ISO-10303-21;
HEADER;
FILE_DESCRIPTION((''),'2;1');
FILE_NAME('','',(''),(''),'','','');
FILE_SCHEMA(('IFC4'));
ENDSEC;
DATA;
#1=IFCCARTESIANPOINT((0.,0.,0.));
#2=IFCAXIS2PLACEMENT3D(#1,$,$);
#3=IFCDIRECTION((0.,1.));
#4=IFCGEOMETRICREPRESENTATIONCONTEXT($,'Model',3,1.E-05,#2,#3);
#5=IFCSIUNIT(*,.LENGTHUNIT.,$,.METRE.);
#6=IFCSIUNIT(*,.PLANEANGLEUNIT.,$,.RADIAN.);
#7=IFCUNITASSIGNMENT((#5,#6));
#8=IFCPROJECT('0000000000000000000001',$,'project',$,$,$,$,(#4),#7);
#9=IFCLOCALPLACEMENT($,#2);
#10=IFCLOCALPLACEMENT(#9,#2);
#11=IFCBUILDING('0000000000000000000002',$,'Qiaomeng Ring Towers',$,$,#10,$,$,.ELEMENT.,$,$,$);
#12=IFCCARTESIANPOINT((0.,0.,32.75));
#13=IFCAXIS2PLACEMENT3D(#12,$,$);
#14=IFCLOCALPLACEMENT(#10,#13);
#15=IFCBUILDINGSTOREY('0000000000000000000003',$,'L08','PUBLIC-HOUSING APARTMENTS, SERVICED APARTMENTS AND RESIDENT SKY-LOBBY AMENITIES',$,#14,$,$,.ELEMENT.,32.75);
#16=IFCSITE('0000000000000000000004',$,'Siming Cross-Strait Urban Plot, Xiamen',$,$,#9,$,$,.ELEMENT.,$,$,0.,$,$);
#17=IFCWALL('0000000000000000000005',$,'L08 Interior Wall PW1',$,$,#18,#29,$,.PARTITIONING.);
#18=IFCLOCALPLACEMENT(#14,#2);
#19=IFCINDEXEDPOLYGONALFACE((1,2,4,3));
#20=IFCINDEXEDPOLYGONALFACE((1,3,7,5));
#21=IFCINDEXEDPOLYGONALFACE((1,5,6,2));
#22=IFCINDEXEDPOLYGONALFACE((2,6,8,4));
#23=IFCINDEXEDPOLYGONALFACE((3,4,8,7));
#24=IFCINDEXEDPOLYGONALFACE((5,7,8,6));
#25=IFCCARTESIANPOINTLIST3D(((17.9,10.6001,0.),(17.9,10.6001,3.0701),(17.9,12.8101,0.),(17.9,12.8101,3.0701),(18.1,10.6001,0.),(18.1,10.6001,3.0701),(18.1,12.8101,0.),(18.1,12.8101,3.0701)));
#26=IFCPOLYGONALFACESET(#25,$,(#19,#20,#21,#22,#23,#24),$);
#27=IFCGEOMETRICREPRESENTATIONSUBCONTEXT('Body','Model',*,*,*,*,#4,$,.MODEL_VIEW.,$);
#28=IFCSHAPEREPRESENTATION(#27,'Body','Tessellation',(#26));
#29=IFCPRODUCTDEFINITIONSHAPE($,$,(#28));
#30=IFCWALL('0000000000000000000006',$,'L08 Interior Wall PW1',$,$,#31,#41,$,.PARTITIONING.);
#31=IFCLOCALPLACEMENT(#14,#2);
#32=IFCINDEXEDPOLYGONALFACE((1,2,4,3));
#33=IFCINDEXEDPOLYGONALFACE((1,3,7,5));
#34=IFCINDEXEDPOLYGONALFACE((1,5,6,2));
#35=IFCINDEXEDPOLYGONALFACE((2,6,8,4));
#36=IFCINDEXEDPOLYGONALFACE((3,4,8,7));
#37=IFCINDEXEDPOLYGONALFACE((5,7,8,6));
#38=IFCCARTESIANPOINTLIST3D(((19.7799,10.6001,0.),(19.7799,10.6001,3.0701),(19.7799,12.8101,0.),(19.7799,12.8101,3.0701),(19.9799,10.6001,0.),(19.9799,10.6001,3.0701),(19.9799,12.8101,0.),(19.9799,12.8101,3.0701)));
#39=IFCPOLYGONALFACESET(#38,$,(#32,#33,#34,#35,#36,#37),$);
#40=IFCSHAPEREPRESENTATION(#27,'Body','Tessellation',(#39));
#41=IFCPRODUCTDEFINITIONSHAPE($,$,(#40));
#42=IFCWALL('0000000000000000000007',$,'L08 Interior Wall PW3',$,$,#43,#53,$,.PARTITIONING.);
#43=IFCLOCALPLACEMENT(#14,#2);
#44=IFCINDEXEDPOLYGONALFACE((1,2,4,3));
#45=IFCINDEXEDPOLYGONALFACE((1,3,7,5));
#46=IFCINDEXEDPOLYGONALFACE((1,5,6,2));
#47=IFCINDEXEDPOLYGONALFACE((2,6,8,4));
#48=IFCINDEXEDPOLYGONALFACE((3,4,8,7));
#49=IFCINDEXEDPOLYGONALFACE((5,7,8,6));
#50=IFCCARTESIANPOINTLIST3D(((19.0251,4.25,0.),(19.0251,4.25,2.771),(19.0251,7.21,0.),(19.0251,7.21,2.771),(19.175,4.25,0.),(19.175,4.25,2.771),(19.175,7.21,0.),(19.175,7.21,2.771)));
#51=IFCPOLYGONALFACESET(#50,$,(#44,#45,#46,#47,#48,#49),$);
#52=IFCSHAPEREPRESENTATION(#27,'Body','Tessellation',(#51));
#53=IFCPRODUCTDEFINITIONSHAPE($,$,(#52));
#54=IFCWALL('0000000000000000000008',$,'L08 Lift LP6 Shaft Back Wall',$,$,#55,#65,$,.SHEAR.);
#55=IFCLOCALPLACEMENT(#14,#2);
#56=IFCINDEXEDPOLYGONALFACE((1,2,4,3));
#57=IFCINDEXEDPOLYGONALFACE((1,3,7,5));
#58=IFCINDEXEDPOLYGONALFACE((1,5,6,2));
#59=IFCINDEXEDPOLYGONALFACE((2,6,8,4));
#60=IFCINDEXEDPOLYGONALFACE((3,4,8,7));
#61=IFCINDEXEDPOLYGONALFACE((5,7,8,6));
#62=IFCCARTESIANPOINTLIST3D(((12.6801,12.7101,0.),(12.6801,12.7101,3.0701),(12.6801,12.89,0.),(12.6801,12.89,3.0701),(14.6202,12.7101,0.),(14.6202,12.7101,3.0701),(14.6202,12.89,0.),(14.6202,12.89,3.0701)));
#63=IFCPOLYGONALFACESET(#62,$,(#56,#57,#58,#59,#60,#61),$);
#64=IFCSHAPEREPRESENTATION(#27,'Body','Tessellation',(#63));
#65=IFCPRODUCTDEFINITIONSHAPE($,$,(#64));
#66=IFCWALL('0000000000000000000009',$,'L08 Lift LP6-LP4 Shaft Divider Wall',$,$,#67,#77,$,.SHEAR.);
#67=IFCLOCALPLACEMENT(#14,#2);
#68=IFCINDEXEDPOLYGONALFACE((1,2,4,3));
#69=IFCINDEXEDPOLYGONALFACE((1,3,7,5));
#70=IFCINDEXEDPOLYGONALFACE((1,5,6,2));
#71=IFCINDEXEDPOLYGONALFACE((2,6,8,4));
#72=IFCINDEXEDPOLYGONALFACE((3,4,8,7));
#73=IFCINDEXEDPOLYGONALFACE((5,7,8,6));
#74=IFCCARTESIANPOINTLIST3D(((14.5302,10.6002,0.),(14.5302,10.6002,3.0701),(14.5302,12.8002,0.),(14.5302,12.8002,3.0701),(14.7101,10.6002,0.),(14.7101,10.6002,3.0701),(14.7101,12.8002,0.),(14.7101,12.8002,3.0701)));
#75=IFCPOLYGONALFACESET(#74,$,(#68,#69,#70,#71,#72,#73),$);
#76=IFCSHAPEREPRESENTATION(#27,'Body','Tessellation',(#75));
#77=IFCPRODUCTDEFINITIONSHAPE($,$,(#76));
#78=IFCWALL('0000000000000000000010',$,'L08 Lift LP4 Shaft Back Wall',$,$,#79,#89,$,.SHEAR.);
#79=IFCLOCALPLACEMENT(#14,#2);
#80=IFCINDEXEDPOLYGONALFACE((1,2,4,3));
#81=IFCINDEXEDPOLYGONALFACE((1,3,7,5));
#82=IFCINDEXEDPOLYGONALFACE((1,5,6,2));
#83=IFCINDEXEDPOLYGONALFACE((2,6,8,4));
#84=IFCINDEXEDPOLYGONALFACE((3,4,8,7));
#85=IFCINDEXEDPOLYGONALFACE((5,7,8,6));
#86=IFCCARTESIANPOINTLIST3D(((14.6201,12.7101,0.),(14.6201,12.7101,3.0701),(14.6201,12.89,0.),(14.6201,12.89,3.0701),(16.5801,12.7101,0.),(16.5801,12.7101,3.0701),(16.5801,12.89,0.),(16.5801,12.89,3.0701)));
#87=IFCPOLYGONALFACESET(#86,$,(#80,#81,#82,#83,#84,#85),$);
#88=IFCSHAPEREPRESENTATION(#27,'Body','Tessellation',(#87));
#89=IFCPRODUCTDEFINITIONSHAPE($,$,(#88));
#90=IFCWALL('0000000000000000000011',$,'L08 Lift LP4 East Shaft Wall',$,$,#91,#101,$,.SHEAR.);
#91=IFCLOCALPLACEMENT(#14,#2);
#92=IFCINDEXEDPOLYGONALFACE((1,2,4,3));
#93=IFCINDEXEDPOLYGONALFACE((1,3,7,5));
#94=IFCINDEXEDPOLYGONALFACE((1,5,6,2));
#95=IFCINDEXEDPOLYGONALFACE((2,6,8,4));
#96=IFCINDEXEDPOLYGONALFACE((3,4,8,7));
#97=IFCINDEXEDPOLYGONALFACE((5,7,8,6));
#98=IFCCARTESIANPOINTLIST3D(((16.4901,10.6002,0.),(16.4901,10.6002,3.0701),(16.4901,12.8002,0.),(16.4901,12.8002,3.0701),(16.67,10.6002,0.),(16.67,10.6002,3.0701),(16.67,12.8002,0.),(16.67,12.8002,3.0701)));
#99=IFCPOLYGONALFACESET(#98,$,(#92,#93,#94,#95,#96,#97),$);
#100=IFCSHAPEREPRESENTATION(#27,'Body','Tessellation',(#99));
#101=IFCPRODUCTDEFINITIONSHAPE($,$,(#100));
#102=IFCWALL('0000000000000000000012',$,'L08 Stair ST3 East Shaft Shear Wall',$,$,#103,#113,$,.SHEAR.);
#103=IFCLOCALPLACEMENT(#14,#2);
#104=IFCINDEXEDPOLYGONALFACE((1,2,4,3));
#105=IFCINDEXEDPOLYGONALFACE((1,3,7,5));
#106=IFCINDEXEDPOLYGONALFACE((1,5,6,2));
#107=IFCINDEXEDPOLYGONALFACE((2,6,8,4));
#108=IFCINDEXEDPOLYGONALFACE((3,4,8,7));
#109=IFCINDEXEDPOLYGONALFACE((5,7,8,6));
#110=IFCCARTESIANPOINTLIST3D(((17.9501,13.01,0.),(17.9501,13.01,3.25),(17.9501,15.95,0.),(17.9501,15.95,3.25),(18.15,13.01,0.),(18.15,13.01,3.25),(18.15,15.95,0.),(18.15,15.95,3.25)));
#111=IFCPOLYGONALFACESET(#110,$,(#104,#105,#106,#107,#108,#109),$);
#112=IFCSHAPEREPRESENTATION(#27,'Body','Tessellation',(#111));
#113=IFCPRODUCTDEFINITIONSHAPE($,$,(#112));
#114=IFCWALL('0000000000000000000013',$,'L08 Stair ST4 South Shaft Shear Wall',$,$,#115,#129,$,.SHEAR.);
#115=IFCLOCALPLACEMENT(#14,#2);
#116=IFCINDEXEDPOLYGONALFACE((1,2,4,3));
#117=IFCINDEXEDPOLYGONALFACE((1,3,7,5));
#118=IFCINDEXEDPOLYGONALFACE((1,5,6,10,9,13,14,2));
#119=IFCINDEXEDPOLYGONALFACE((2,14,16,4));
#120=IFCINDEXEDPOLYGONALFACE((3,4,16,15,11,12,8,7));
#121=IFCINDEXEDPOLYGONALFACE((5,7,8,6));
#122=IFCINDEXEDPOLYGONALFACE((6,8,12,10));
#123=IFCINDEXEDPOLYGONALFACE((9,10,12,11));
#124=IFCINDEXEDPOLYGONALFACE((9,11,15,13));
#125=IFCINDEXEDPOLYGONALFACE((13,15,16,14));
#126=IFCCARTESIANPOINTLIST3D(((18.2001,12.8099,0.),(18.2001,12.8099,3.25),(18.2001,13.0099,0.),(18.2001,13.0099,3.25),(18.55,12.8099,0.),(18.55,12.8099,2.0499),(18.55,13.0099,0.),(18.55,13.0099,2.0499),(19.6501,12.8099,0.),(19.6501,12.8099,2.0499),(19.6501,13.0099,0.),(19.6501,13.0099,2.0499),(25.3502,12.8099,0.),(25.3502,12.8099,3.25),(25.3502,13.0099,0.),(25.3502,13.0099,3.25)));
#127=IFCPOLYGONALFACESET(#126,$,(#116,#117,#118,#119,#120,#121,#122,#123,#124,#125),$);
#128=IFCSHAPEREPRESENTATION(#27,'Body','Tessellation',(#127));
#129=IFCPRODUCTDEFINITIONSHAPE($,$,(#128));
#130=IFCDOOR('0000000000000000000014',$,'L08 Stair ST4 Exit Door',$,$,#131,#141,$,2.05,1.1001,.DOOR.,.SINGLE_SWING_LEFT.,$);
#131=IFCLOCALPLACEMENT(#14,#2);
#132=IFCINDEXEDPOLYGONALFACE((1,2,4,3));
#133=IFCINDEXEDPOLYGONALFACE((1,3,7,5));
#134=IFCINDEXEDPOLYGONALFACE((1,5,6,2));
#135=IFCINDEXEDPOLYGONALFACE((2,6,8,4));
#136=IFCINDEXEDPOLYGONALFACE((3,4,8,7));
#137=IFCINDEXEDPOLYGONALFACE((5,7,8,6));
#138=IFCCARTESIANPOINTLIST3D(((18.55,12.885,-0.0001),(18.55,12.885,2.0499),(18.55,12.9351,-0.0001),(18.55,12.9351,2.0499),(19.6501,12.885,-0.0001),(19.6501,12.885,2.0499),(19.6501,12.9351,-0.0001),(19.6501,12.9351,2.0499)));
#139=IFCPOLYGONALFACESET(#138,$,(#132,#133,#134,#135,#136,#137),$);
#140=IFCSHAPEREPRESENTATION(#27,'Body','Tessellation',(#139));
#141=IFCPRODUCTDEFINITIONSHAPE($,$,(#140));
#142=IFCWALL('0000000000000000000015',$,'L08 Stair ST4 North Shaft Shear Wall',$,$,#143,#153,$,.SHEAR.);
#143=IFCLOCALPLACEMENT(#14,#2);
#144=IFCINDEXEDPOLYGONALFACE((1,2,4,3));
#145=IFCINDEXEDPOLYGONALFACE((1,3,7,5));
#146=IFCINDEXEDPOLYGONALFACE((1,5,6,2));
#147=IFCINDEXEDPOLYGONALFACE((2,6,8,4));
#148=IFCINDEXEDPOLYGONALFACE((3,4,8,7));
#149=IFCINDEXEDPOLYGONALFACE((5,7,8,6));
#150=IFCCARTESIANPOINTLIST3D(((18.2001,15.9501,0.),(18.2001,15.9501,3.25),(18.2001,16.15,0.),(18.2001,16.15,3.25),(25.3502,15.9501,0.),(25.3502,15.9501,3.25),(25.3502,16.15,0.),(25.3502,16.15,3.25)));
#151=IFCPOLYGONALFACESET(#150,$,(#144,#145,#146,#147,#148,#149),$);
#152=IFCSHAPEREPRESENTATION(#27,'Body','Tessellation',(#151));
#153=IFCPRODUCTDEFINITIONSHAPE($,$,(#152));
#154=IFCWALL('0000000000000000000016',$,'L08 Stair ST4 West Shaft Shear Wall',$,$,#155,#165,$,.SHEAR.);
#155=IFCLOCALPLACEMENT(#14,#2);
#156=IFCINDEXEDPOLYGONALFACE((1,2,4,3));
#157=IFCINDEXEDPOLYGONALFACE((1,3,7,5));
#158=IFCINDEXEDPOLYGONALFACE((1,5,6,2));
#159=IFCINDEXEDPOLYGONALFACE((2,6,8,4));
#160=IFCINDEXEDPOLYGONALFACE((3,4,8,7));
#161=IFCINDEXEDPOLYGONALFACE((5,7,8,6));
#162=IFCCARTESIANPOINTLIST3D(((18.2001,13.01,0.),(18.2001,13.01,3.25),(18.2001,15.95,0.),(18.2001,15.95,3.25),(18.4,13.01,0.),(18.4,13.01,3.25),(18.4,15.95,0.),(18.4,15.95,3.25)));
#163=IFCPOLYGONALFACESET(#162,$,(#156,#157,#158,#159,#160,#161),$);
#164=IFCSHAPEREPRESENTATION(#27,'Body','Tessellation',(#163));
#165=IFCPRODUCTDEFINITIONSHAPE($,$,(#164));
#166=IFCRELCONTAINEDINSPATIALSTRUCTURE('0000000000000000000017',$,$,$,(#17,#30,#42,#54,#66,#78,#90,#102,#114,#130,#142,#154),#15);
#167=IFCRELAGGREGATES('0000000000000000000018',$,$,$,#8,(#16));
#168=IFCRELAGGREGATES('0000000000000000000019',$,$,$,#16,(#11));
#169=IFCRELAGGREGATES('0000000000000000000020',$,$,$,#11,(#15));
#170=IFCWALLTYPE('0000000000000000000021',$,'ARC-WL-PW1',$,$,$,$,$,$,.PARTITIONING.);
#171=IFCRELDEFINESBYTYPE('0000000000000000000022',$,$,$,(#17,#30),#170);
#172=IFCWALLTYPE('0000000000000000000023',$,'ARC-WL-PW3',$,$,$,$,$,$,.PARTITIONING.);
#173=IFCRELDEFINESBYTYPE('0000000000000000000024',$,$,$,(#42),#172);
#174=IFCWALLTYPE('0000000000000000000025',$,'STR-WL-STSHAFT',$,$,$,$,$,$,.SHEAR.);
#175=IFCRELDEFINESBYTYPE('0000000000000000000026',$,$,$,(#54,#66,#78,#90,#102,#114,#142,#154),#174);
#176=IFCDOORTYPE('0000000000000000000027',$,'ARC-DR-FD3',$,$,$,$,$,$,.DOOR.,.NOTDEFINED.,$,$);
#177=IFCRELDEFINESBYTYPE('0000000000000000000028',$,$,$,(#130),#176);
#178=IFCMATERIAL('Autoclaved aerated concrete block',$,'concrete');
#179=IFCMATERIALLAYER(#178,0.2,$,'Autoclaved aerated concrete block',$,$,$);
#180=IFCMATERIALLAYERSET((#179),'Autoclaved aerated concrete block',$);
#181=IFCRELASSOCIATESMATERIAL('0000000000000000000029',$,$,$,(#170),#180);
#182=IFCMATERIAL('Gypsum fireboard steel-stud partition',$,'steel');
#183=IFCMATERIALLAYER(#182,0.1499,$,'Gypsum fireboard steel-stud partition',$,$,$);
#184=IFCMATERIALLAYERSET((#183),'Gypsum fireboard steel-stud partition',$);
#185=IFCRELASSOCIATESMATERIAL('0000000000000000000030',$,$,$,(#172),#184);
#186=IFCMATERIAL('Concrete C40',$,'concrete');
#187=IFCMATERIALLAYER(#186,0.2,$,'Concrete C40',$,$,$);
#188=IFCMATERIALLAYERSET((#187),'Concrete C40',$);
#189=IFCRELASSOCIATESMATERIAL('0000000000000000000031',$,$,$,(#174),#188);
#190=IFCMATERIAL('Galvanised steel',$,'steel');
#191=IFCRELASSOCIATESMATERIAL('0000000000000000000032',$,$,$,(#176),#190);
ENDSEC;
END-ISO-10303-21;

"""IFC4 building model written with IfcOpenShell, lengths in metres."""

from ifc_helpers import new_model, si_unit, direction, frame, frame_2d, origin, place, context, subcontext, project, spatial, rectangle, extrude, source, transform, mapped, material, layer, layer_set, type_object, element, fill, save


model = new_model("IFC4")

# Units and contexts
model_context = context("Model", 3, precision=1e-05, world=origin(), true_north=direction((0.0, 1.0)))
body_context = subcontext(model_context, "Body", "Model", "MODEL_VIEW")
ifc_project = project(units=[si_unit("LENGTHUNIT", "METRE"), si_unit("PLANEANGLEUNIT", "RADIAN")], contexts=[model_context])

# Site, building, storey
site_placement = place(None, origin())
site = spatial("IfcSite", under=ifc_project, at=site_placement, Name="Siming Cross-Strait Urban Plot, Xiamen", CompositionType="ELEMENT", RefElevation=0.0)
building_placement = place(site_placement, origin())
building = spatial("IfcBuilding", under=site, at=building_placement, Name="Qiaomeng Ring Towers", CompositionType="ELEMENT")
storey_placement = place(building_placement, frame((0.0, 0.0, 32.75)))
storey = spatial("IfcBuildingStorey", under=building, at=storey_placement, Name="L08", Description="PUBLIC-HOUSING APARTMENTS, SERVICED APARTMENTS AND RESIDENT SKY-LOBBY AMENITIES", CompositionType="ELEMENT", Elevation=32.75)

# Walls
ifc_material_1 = material(Name="Autoclaved aerated concrete block", Category="concrete")
ifc_layer_1 = layer(ifc_material_1, 0.2, Name="Autoclaved aerated concrete block")
ifc_layer_set_1 = layer_set([ifc_layer_1], Name="Autoclaved aerated concrete block")
wall_type_1 = type_object("IfcWallType", Name="ARC-WL-PW1", PredefinedType="PARTITIONING", material=ifc_layer_set_1)
for number, where, z_axis, x_axis, name in (
    (1, (18.0, 10.6001, 0.0), (0.0, 0.0, 1.0), (0.0, 1.0, 0.0), "L08 Interior Wall PW1"),
    (2, (19.8799, 10.6001, 0.0), (0.0, 0.0, 1.0), (0.0, 1.0, 0.0), "L08 Interior Wall PW1"),
):
    element("IfcWall", number, at=place(storey_placement, frame(where, z_axis=z_axis, x_axis=x_axis)), inside=storey, type_object=wall_type_1, Name=name, PredefinedType="PARTITIONING", context=body_context, shape_type="SweptSolid", body=[
        extrude(rectangle(XDim=2.21, YDim=0.2, at=frame_2d((1.105, 0.0))), origin(), (0.0, 0.0, 1.0), 3.0701),
    ])
ifc_material_2 = material(Name="Gypsum fireboard steel-stud partition", Category="steel")
ifc_layer_2 = layer(ifc_material_2, 0.1499, Name="Gypsum fireboard steel-stud partition")
ifc_layer_set_2 = layer_set([ifc_layer_2], Name="Gypsum fireboard steel-stud partition")
wall_type_2 = type_object("IfcWallType", Name="ARC-WL-PW3", PredefinedType="PARTITIONING", material=ifc_layer_set_2)
wall_1_placement = place(storey_placement, frame((19.1001, 4.25, 0.0), z_axis=(0.0, 0.0, 1.0), x_axis=(0.0, 1.0, 0.0)))
element("IfcWall", 3, at=wall_1_placement, inside=storey, type_object=wall_type_2, Name="L08 Interior Wall PW3", PredefinedType="PARTITIONING", context=body_context, shape_type="SweptSolid", body=[
    extrude(rectangle(XDim=2.96, YDim=0.1499, at=frame_2d((1.48, 0.0))), origin(), (0.0, 0.0, 1.0), 2.771),
])
ifc_material_3 = material(Name="Concrete C40", Category="concrete")
ifc_layer_3 = layer(ifc_material_3, 0.2, Name="Concrete C40")
ifc_layer_set_3 = layer_set([ifc_layer_3], Name="Concrete C40")
wall_type_3 = type_object("IfcWallType", Name="STR-WL-STSHAFT", PredefinedType="SHEAR", material=ifc_layer_set_3)
wall_2_placement = place(storey_placement, frame((12.6799, 12.8, 0.0), z_axis=(0.0, 0.0, 1.0), x_axis=(1.0, 0.0, 0.0)))
element("IfcWall", 4, at=wall_2_placement, inside=storey, type_object=wall_type_3, Name="L08 Lift LP6 Shaft Back Wall", PredefinedType="SHEAR", context=body_context, shape_type="SweptSolid", body=[
    extrude(rectangle(XDim=1.9402, YDim=0.1799, at=frame_2d((0.9702, 0.0))), origin(), (0.0, 0.0, 1.0), 3.0701),
])
wall_3_placement = place(storey_placement, frame((14.6201, 10.6001, 0.0), z_axis=(0.0, 0.0, 1.0), x_axis=(0.0, 1.0, 0.0)))
element("IfcWall", 5, at=wall_3_placement, inside=storey, type_object=wall_type_3, Name="L08 Lift LP6-LP4 Shaft Divider Wall", PredefinedType="SHEAR", context=body_context, shape_type="SweptSolid", body=[
    extrude(rectangle(XDim=2.2, YDim=0.1799, at=frame_2d((1.1001, 0.0))), origin(), (0.0, 0.0, 1.0), 3.0701),
])
wall_4_placement = place(storey_placement, frame((14.6201, 12.8, 0.0), z_axis=(0.0, 0.0, 1.0), x_axis=(1.0, 0.0, 0.0)))
element("IfcWall", 6, at=wall_4_placement, inside=storey, type_object=wall_type_3, Name="L08 Lift LP4 Shaft Back Wall", PredefinedType="SHEAR", context=body_context, shape_type="SweptSolid", body=[
    extrude(rectangle(XDim=1.96, YDim=0.1799, at=frame_2d((0.98, 0.0))), origin(), (0.0, 0.0, 1.0), 3.0701),
])
wall_5_placement = place(storey_placement, frame((16.5801, 10.6001, 0.0), z_axis=(0.0, 0.0, 1.0), x_axis=(0.0, 1.0, 0.0)))
element("IfcWall", 7, at=wall_5_placement, inside=storey, type_object=wall_type_3, Name="L08 Lift LP4 East Shaft Wall", PredefinedType="SHEAR", context=body_context, shape_type="SweptSolid", body=[
    extrude(rectangle(XDim=2.2, YDim=0.1799, at=frame_2d((1.1001, 0.0))), origin(), (0.0, 0.0, 1.0), 3.0701),
])
wall_6_placement = place(storey_placement, frame((18.05, 13.01, 0.0), z_axis=(0.0, 0.0, 1.0), x_axis=(0.0, 1.0, 0.0)))
element("IfcWall", 8, at=wall_6_placement, inside=storey, type_object=wall_type_3, Name="L08 Stair ST3 East Shaft Shear Wall", PredefinedType="SHEAR", context=body_context, shape_type="SweptSolid", body=[
    extrude(rectangle(XDim=2.9399, YDim=0.2, at=frame_2d((1.47, 0.0))), origin(), (0.0, 0.0, 1.0), 3.25),
])

# Wall, opening, door
wall_7_placement = place(storey_placement, frame((18.2, 12.9099, 0.0), z_axis=(0.0, 0.0, 1.0), x_axis=(1.0, 0.0, 0.0)))
wall_7 = element("IfcWall", 9, at=wall_7_placement, inside=storey, type_object=wall_type_3, Name="L08 Stair ST4 South Shaft Shear Wall", PredefinedType="SHEAR", context=body_context, shape_type="SweptSolid", body=[
    extrude(rectangle(XDim=7.1501, YDim=0.2, at=frame_2d((3.5752, 0.0))), origin(), (0.0, 0.0, 1.0), 3.25),
])
opening_placement = place(wall_7_placement, frame((0.3501, 0.0, 0.0)))
opening = element("IfcOpeningElement", 10, at=opening_placement, cuts=wall_7, PredefinedType="OPENING", context=body_context, shape_type="SweptSolid", body=[
    extrude(rectangle(XDim=1.1001, YDim=2.05, at=frame_2d((0.55, 1.0249))), frame((0.0, 0.1099, 0.0), z_axis=(0.0, -1.0, 0.0), x_axis=(1.0, 0.0, 0.0)), (0.0, 0.0, 1.0), 0.22),
])
ifc_material_4 = material(Name="Galvanised steel", Category="steel")
door_type = type_object("IfcDoorType", Name="ARC-DR-FD3", OperationType="NOTDEFINED", PredefinedType="DOOR", material=ifc_material_4)
shared_shape_1 = source(origin(), body_context, "Body", "SweptSolid", [
    extrude(rectangle(XDim=1.1001, YDim=2.05, at=frame_2d((0.55, 1.0249))), frame((0.0, 0.0249, 0.0), z_axis=(0.0, -1.0, 0.0), x_axis=(1.0, 0.0, 0.0)), (0.0, 0.0, 1.0), 0.05),
])
door_placement = place(opening_placement, frame((1.1001, 0.0, 0.0), z_axis=(0.0, 0.0, 1.0), x_axis=(-1.0, 0.0, 0.0)))
door = element("IfcDoor", 11, at=door_placement, inside=storey, type_object=door_type, Name="L08 Stair ST4 Exit Door", OperationType="SINGLE_SWING_LEFT", OverallHeight=2.05, OverallWidth=1.1001, PredefinedType="DOOR", context=body_context, shape_type="MappedRepresentation", body=[
    mapped(shared_shape_1, transform((0.0, 0.0, 0.0), x_axis=(1.0, 0.0, 0.0), y_axis=(0.0, 1.0, 0.0), z_axis=(0.0, 0.0, 1.0), scale=1.0)),
])
fill(opening, door)

# Walls
wall_8_placement = place(storey_placement, frame((18.2, 16.05, 0.0), z_axis=(0.0, 0.0, 1.0), x_axis=(1.0, 0.0, 0.0)))
element("IfcWall", 12, at=wall_8_placement, inside=storey, type_object=wall_type_3, Name="L08 Stair ST4 North Shaft Shear Wall", PredefinedType="SHEAR", context=body_context, shape_type="SweptSolid", body=[
    extrude(rectangle(XDim=7.1501, YDim=0.2, at=frame_2d((3.5752, 0.0))), origin(), (0.0, 0.0, 1.0), 3.25),
])
wall_9_placement = place(storey_placement, frame((18.3, 13.01, 0.0), z_axis=(0.0, 0.0, 1.0), x_axis=(0.0, 1.0, 0.0)))
element("IfcWall", 13, at=wall_9_placement, inside=storey, type_object=wall_type_3, Name="L08 Stair ST4 West Shaft Shear Wall", PredefinedType="SHEAR", context=body_context, shape_type="SweptSolid", body=[
    extrude(rectangle(XDim=2.9399, YDim=0.2, at=frame_2d((1.47, 0.0))), origin(), (0.0, 0.0, 1.0), 3.25),
])

save(model, "model.ifc")
